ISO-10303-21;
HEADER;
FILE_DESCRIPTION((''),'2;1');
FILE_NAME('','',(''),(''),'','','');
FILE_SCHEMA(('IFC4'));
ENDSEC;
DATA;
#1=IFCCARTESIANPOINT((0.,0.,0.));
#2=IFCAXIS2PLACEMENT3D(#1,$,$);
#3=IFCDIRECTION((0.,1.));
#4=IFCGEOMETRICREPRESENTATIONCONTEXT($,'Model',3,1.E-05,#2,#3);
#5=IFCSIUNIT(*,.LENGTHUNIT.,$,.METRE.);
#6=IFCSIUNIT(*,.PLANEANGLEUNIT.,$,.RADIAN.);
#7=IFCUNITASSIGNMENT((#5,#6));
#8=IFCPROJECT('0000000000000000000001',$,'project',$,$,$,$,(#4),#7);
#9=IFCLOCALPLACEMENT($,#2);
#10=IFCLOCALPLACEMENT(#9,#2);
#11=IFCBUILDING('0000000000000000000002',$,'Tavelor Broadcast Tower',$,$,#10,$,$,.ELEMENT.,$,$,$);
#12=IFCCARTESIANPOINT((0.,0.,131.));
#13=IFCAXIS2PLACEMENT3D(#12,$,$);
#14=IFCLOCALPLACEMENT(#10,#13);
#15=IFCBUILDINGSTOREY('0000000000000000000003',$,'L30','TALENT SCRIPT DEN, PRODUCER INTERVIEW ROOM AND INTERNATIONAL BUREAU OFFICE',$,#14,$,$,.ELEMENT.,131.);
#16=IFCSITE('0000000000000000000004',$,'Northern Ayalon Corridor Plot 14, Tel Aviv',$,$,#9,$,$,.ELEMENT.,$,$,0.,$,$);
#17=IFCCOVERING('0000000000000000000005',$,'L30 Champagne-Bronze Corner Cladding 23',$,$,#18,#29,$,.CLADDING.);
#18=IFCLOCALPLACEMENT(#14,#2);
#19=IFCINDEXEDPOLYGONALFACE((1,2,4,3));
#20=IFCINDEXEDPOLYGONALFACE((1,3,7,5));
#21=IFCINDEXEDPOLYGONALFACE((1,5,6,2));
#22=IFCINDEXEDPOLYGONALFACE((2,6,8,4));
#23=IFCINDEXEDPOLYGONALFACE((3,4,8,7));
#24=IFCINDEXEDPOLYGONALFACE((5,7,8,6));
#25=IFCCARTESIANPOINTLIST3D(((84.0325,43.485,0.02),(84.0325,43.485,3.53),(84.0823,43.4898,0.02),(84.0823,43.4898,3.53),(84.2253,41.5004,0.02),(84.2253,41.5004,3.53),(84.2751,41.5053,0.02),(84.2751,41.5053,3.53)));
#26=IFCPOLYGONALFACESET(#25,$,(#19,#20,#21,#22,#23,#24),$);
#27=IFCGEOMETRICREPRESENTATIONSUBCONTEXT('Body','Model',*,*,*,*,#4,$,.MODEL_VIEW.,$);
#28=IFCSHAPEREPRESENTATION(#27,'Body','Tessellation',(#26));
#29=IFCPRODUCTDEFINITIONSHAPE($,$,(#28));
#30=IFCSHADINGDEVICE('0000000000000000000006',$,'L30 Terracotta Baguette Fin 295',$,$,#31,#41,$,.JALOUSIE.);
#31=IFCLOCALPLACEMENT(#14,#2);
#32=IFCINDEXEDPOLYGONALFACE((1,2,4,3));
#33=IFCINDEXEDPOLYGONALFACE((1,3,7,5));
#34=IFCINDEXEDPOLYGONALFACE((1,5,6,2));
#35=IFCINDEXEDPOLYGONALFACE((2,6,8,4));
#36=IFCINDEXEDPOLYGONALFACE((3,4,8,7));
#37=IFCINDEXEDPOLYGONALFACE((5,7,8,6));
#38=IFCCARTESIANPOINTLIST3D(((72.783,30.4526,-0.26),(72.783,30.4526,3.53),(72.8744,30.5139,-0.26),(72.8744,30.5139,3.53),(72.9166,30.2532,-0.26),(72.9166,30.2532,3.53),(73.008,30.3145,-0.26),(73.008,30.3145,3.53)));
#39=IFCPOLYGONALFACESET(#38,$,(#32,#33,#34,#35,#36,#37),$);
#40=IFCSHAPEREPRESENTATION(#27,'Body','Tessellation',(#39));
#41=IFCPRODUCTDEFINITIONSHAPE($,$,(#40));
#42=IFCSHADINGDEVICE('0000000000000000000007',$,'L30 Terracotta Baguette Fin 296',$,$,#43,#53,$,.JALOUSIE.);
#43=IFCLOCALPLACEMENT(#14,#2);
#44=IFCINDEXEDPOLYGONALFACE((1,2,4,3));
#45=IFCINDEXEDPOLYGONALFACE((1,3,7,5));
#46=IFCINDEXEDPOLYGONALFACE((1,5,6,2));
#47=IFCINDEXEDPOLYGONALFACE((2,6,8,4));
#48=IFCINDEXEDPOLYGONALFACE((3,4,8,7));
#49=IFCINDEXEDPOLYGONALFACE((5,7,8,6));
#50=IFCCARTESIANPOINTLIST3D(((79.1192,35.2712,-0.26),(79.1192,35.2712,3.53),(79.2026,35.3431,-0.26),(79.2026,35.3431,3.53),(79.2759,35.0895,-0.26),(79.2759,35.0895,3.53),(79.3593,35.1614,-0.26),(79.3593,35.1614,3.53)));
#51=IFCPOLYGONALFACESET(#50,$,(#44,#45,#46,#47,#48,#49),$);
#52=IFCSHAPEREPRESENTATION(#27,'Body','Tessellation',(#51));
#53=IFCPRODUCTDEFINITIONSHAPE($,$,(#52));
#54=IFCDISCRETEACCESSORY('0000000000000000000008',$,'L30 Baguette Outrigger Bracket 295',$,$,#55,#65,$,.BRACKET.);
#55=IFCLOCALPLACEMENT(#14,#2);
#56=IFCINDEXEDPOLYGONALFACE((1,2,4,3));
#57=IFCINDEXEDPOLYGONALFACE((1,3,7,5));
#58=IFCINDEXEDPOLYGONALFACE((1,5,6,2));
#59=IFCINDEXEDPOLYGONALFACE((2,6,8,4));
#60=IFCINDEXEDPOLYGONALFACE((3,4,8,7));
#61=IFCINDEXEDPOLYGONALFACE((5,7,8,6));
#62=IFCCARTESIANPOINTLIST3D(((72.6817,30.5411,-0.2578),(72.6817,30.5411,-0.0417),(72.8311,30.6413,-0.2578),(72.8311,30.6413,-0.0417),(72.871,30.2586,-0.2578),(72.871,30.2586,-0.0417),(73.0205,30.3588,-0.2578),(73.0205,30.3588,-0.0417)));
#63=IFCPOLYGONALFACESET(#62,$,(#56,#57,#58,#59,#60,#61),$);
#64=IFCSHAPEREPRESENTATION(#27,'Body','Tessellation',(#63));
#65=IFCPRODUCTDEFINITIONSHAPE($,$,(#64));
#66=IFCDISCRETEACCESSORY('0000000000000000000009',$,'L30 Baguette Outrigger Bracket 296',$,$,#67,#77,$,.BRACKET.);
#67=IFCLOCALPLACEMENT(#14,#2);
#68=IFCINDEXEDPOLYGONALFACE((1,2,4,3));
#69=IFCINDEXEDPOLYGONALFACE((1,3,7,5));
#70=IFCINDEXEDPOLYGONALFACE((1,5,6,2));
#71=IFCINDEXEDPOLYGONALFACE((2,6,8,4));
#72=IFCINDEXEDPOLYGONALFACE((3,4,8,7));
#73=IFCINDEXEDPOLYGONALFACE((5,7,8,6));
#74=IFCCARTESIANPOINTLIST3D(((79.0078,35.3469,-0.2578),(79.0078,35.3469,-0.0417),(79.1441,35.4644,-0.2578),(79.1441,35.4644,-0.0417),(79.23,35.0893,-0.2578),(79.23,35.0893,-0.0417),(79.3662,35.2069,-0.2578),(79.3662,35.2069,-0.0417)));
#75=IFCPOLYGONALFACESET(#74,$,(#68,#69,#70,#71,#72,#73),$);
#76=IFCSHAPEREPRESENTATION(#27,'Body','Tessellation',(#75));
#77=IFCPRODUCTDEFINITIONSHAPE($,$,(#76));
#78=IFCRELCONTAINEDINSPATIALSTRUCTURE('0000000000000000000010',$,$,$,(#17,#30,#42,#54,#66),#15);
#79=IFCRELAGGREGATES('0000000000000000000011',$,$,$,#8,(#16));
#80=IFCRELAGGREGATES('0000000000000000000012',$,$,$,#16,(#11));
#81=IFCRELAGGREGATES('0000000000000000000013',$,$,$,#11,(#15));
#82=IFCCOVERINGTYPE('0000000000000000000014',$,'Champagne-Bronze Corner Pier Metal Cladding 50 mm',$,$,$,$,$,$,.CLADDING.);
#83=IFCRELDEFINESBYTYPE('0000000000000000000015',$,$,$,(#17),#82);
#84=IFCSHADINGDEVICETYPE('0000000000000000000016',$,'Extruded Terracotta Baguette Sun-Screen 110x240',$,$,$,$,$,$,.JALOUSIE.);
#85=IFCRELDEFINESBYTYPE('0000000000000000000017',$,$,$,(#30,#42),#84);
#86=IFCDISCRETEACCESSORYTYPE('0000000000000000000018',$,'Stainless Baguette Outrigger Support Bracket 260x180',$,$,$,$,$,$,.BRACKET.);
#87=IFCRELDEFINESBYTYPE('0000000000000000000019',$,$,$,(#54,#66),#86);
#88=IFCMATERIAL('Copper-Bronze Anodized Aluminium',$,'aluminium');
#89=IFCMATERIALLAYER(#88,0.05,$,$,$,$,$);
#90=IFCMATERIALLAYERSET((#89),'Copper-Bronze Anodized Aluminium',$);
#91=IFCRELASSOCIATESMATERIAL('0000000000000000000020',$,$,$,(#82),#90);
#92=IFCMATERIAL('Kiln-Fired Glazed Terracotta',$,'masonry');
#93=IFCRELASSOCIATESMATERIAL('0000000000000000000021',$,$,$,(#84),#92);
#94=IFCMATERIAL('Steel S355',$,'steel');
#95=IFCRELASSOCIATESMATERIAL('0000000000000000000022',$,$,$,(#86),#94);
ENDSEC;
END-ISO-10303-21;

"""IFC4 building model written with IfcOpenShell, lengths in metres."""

from ifc_helpers import new_model, si_unit, direction, frame, origin, origin_2d, place, context, subcontext, project, spatial, rectangle, extrude, source, transform, mapped, material, layer, layer_set, type_object, type_shapes, element, save


model = new_model("IFC4")

# Units and contexts
model_context = context("Model", 3, precision=1e-05, world=origin(), true_north=direction((0.0, 1.0)))
body_context = subcontext(model_context, "Body", "Model", "MODEL_VIEW")
ifc_project = project(units=[si_unit("LENGTHUNIT", "METRE"), si_unit("PLANEANGLEUNIT", "RADIAN")], contexts=[model_context])

# Site, building, storey
site_placement = place(None, origin())
site = spatial("IfcSite", under=ifc_project, at=site_placement, Name="Northern Ayalon Corridor Plot 14, Tel Aviv", CompositionType="ELEMENT", RefElevation=0.0)
building_placement = place(site_placement, origin())
building = spatial("IfcBuilding", under=site, at=building_placement, Name="Tavelor Broadcast Tower", CompositionType="ELEMENT")
storey_placement = place(building_placement, frame((0.0, 0.0, 131.0)))
storey = spatial("IfcBuildingStorey", under=building, at=storey_placement, Name="L30", Description="TALENT SCRIPT DEN, PRODUCER INTERVIEW ROOM AND INTERNATIONAL BUREAU OFFICE", CompositionType="ELEMENT", Elevation=131.0)

# Shared definitions
ifc_material_1 = material(Name="Steel S355", Category="steel")

# Covering
ifc_material_2 = material(Name="Copper-Bronze Anodized Aluminium", Category="aluminium")
ifc_layer_1 = layer(ifc_material_2, 0.05)
ifc_layer_set_1 = layer_set([ifc_layer_1], Name="Copper-Bronze Anodized Aluminium")
covering_type = type_object("IfcCoveringType", Name="Champagne-Bronze Corner Pier Metal Cladding 50 mm", PredefinedType="CLADDING", material=ifc_layer_set_1)
covering_placement = place(storey_placement, frame((84.1538, 42.4951, 0.02), z_axis=(0.0, 0.0, 1.0), x_axis=(-0.096714, 0.995312, 0.0)))
element("IfcCovering", 1, at=covering_placement, inside=storey, type_object=covering_type, Name="L30 Champagne-Bronze Corner Cladding 23", PredefinedType="CLADDING", context=body_context, shape_type="SweptSolid", body=[
    extrude(rectangle(XDim=1.9939, YDim=0.05, at=origin_2d()), origin(), (0.0, 0.0, 1.0), 3.51),
])

# Shading devices
ifc_material_3 = material(Name="Kiln-Fired Glazed Terracotta", Category="masonry")
shading_device_type = type_object("IfcShadingDeviceType", Name="Extruded Terracotta Baguette Sun-Screen 110x240", PredefinedType="JALOUSIE", material=ifc_material_3)
shared_shape_1 = source(origin(), body_context, "Body", "SweptSolid", [
    extrude(rectangle(XDim=0.1101, YDim=0.24, at=origin_2d()), origin(), (0.0, 0.0, 1.0), 3.79),
])
type_shapes(shading_device_type, [shared_shape_1])
for number, where, z_axis, x_axis, name in (
    (2, (72.8955, 30.3835, -0.26), (0.0, 0.0, 1.0), (0.830693, 0.556731, 0.0), "L30 Terracotta Baguette Fin 295"),
    (3, (79.2393, 35.2163, -0.26), (0.0, 0.0, 1.0), (0.757223, 0.653156, 0.0), "L30 Terracotta Baguette Fin 296"),
):
    element("IfcShadingDevice", number, at=place(storey_placement, frame(where, z_axis=z_axis, x_axis=x_axis)), inside=storey, type_object=shading_device_type, Name=name, PredefinedType="JALOUSIE", context=body_context, shape_type="MappedRepresentation", body=[
        mapped(shared_shape_1, transform((0.0, 0.0, 0.0), scale=1.0)),
    ])

# Discrete accessories
discrete_accessory_type = type_object("IfcDiscreteAccessoryType", Name="Stainless Baguette Outrigger Support Bracket 260x180", PredefinedType="BRACKET", material=ifc_material_1)
shared_shape_2 = source(origin(), body_context, "Body", "SweptSolid", [
    extrude(rectangle(XDim=0.1799, YDim=0.3401, at=origin_2d()), origin(), (0.0, 0.0, 1.0), 0.2161),
])
type_shapes(discrete_accessory_type, [shared_shape_2])
for number, where, z_axis, x_axis, name in (
    (4, (72.8511, 30.45, -0.2578), (0.0, 0.0, 1.0), (0.830693, 0.556731, 0.0), "L30 Baguette Outrigger Bracket 295"),
    (5, (79.187, 35.2769, -0.2578), (0.0, 0.0, 1.0), (0.757223, 0.653156, 0.0), "L30 Baguette Outrigger Bracket 296"),
):
    element("IfcDiscreteAccessory", number, at=place(storey_placement, frame(where, z_axis=z_axis, x_axis=x_axis)), inside=storey, type_object=discrete_accessory_type, Name=name, PredefinedType="BRACKET", context=body_context, shape_type="MappedRepresentation", body=[
        mapped(shared_shape_2, transform((0.0, 0.0, 0.0), scale=1.0)),
    ])

save(model, "model.ifc")
